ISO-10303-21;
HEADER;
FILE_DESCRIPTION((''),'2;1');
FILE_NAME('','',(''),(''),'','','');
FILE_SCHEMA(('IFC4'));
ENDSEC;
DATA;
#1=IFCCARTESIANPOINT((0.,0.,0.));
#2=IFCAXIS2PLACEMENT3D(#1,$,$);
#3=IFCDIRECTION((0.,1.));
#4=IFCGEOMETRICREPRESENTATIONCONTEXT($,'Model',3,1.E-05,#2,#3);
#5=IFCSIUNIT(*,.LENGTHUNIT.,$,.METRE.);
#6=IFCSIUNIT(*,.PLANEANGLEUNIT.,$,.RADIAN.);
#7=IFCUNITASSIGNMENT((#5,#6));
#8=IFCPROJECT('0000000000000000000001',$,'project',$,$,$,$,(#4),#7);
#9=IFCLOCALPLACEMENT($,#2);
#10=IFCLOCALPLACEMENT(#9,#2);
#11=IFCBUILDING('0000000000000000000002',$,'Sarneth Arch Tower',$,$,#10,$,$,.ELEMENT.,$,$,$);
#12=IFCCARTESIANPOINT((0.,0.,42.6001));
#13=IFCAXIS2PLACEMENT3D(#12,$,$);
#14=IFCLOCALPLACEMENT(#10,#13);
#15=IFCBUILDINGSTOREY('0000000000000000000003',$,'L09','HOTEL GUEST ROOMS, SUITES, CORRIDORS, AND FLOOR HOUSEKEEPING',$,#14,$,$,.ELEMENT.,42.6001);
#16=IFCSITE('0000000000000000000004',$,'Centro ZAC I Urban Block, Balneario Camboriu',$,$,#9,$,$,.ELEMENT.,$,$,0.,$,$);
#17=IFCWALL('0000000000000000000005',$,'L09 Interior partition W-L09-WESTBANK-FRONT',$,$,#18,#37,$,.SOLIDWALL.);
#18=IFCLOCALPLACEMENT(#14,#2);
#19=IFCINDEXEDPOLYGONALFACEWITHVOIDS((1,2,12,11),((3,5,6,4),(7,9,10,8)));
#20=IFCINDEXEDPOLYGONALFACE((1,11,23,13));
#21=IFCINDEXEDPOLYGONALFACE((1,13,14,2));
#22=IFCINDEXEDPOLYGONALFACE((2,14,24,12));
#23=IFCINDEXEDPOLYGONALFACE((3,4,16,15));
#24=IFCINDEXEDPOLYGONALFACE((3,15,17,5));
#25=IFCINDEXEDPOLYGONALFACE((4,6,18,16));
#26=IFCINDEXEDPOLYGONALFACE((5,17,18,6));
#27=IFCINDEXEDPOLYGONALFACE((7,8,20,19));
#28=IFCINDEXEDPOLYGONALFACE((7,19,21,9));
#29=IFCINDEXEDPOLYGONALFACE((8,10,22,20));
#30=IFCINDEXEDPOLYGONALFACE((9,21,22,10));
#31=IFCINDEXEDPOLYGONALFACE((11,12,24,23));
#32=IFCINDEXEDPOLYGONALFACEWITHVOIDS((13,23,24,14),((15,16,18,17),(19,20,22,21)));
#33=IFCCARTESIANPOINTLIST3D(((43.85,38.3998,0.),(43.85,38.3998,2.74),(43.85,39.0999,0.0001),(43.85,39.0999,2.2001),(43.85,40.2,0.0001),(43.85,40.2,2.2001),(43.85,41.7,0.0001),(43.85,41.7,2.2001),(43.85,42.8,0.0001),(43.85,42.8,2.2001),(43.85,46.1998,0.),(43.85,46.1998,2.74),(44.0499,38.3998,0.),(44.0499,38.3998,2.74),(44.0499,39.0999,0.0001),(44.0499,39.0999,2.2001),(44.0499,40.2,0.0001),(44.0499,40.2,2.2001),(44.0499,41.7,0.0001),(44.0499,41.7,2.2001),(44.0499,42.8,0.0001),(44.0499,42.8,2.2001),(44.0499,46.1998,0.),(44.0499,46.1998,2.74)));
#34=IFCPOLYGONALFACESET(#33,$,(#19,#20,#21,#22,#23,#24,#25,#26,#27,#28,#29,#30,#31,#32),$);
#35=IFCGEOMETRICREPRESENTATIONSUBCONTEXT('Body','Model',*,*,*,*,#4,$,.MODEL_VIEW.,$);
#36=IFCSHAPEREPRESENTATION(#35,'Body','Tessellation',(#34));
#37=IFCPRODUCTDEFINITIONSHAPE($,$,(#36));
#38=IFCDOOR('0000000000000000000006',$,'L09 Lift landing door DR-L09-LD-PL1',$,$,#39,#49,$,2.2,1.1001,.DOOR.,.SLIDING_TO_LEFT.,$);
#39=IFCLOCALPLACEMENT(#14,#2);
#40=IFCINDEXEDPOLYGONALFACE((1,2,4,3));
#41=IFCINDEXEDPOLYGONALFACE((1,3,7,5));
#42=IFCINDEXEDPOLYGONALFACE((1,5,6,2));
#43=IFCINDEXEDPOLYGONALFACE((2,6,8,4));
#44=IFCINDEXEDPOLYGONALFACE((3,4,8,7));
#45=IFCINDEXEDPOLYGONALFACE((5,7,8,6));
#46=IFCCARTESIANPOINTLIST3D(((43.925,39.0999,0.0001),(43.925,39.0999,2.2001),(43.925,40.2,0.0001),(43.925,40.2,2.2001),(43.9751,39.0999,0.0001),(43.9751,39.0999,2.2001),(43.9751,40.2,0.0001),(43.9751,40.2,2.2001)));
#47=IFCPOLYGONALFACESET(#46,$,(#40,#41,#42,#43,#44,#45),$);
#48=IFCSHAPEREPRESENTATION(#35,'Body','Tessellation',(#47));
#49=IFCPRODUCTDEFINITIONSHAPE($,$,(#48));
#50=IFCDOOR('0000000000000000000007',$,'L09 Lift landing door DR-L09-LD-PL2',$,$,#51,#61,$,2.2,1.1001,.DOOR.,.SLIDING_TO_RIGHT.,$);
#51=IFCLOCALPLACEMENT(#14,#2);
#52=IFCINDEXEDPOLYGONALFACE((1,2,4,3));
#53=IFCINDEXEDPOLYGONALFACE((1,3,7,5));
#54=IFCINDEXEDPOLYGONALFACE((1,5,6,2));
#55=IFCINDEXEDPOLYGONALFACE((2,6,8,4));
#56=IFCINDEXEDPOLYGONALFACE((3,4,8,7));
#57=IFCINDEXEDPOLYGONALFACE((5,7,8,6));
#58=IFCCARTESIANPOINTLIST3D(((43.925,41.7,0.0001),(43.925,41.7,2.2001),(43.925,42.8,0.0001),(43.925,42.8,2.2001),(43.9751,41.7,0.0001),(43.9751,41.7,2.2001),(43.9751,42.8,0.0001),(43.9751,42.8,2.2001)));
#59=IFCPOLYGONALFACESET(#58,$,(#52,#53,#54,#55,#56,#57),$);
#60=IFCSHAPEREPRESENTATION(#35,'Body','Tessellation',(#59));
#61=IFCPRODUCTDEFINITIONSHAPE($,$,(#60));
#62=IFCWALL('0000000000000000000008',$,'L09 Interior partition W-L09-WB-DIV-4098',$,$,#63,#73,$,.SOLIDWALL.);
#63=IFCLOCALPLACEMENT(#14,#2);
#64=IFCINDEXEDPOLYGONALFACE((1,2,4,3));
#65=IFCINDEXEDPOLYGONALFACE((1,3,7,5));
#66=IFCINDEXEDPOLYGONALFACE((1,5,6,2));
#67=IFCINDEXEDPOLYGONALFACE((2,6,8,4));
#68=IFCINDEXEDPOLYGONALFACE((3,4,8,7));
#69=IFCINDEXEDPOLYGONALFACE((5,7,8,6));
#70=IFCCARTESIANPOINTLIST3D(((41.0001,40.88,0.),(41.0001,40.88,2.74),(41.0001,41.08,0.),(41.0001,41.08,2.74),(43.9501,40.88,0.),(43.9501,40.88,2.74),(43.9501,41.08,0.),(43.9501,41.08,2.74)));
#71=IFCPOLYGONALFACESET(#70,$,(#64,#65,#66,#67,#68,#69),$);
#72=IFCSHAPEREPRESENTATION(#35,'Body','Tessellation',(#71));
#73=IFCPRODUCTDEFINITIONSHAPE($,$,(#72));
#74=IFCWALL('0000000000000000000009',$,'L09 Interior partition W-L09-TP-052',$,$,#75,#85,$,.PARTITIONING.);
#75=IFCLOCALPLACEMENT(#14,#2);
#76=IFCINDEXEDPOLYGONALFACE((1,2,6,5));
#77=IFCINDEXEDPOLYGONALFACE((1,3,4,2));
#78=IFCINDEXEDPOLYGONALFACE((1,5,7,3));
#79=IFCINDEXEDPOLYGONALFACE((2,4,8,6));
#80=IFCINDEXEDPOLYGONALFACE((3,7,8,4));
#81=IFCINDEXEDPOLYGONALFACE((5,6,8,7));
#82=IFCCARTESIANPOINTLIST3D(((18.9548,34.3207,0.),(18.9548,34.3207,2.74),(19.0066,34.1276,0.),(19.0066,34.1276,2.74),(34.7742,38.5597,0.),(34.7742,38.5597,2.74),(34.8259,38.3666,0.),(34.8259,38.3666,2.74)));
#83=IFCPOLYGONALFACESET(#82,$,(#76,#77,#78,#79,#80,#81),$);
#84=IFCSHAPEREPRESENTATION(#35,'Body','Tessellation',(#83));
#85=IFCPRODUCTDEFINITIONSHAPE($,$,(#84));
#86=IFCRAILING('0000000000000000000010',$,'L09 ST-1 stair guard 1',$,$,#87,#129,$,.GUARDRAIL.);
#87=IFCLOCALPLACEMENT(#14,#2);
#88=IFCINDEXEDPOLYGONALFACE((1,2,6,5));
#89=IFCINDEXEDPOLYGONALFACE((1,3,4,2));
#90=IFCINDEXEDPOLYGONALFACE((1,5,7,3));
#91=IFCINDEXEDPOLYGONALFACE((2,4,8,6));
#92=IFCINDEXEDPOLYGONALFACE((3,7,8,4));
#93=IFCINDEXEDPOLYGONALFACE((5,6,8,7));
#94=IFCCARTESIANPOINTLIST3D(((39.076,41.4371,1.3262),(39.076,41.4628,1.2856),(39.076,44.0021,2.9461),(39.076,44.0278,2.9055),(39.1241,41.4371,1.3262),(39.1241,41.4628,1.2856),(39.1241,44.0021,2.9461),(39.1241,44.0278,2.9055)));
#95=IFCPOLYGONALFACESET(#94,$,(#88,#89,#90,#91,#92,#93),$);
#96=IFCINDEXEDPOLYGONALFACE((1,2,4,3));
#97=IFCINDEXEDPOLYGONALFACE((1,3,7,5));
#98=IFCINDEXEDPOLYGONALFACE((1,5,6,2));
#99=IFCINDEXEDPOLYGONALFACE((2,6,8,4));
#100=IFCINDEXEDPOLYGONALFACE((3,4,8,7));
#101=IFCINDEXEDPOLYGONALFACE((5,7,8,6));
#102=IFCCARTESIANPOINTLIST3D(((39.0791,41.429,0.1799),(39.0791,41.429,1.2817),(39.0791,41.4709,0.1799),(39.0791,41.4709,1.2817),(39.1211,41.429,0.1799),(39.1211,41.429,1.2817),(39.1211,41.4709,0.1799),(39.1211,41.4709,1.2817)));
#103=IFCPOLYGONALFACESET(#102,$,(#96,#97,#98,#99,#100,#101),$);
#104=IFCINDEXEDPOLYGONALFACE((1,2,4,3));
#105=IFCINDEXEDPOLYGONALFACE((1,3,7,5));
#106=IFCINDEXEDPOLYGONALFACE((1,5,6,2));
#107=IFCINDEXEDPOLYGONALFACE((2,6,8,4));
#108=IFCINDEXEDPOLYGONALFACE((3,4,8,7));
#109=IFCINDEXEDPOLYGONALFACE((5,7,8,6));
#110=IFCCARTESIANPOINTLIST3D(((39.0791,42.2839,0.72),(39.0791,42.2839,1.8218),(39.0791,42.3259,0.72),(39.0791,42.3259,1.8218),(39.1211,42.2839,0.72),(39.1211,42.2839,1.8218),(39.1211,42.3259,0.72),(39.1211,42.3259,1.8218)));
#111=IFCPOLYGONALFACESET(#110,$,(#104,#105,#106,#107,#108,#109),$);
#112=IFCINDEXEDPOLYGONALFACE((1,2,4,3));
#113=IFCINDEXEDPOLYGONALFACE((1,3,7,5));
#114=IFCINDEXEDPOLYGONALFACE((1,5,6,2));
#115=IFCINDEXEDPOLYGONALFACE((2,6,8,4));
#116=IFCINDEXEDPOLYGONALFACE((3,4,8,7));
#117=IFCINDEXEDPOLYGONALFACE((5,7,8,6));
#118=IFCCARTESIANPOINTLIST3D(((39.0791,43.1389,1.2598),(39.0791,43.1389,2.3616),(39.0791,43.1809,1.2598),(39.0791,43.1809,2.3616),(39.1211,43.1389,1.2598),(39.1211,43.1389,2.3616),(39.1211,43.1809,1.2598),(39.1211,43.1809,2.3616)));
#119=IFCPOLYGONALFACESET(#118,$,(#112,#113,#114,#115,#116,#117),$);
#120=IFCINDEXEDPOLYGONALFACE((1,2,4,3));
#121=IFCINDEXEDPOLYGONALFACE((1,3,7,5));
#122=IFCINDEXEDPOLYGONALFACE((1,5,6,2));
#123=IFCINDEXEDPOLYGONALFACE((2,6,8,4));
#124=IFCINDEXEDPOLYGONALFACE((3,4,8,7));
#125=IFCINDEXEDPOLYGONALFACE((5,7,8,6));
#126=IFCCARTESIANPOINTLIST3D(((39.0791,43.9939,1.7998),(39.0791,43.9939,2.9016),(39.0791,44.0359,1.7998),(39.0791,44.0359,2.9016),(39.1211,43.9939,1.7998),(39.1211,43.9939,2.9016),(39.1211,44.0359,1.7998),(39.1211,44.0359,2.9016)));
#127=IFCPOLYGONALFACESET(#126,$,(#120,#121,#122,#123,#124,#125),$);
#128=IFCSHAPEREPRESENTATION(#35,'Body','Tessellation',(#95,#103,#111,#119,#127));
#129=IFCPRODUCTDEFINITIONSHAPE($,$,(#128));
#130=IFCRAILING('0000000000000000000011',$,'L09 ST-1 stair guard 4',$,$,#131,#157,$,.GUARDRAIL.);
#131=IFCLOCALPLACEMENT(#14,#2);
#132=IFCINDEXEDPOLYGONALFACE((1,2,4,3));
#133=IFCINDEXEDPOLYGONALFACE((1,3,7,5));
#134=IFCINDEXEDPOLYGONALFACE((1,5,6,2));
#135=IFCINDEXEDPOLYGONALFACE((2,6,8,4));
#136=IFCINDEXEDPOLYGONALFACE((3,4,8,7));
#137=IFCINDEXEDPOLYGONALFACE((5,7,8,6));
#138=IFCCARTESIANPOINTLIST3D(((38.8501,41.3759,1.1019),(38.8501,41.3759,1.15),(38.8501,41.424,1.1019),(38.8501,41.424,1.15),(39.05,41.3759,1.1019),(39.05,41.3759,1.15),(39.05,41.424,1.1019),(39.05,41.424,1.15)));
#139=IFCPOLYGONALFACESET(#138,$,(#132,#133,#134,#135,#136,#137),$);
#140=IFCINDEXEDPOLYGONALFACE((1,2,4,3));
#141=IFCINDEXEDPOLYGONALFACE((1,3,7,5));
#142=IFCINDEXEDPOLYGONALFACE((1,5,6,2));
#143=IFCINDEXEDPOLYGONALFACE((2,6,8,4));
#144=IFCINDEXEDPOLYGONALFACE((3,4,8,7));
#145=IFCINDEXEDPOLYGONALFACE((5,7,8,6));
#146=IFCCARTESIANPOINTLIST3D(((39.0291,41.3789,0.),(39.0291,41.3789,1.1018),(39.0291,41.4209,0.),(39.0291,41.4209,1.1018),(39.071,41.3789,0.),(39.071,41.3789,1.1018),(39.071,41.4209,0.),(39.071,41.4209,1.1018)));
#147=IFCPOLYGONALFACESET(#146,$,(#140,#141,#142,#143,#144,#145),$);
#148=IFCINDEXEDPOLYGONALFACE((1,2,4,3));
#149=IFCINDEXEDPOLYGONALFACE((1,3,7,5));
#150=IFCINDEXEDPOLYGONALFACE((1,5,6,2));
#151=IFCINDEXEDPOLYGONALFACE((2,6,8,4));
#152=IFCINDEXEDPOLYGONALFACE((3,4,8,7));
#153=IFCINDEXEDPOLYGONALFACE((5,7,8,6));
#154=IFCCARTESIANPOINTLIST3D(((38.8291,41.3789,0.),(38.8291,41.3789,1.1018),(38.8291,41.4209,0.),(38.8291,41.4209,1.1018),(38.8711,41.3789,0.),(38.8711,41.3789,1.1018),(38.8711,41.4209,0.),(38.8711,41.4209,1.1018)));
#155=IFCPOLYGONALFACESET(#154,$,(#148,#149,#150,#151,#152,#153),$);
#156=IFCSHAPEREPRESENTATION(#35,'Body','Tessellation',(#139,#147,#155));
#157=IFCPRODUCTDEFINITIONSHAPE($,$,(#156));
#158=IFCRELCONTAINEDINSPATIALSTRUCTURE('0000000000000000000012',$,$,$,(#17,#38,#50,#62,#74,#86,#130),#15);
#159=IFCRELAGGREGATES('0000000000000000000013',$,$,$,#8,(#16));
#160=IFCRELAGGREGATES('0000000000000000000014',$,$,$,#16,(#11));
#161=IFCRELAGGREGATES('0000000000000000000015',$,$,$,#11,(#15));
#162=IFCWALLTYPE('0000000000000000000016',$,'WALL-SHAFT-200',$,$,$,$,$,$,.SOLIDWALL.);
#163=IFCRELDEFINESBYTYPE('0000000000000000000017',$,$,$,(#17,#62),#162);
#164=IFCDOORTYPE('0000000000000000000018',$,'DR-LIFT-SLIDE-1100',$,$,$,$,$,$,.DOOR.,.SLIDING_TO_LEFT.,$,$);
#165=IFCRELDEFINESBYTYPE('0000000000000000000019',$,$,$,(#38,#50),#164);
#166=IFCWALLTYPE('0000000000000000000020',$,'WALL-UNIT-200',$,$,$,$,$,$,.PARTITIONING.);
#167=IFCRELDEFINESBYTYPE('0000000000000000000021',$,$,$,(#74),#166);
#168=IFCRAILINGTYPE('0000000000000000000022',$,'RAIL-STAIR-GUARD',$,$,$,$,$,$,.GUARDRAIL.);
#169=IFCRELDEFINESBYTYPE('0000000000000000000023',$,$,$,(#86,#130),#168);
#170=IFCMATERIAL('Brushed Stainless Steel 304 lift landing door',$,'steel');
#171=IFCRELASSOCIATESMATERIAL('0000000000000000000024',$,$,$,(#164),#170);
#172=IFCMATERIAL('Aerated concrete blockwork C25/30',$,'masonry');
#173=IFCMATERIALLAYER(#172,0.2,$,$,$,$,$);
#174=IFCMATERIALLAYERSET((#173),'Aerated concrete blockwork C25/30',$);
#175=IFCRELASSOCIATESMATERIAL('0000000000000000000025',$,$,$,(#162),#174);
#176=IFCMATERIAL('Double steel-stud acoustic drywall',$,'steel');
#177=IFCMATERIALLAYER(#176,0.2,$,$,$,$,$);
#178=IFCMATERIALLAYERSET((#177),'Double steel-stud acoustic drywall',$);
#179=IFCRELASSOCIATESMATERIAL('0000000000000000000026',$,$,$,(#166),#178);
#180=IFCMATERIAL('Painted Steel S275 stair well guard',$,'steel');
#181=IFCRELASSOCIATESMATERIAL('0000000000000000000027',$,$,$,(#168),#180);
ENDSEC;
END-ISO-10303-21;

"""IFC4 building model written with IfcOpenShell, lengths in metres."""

from ifc_helpers import new_model, si_unit, direction, frame, frame_2d, origin, origin_2d, place, context, subcontext, project, spatial, rectangle, extrude, material, layer, layer_set, type_object, element, fill, save


model = new_model("IFC4")

# Units and contexts
model_context = context("Model", 3, precision=1e-05, world=origin(), true_north=direction((0.0, 1.0)))
body_context = subcontext(model_context, "Body", "Model", "MODEL_VIEW")
ifc_project = project(units=[si_unit("LENGTHUNIT", "METRE"), si_unit("PLANEANGLEUNIT", "RADIAN")], contexts=[model_context])

# Site, building, storey
site_placement = place(None, origin())
site = spatial("IfcSite", under=ifc_project, at=site_placement, Name="Centro ZAC I Urban Block, Balneario Camboriu", CompositionType="ELEMENT", RefElevation=0.0)
building_placement = place(site_placement, origin())
building = spatial("IfcBuilding", under=site, at=building_placement, Name="Sarneth Arch Tower", CompositionType="ELEMENT")
storey_placement = place(building_placement, frame((0.0, 0.0, 42.6001)))
storey = spatial("IfcBuildingStorey", under=building, at=storey_placement, Name="L09", Description="HOTEL GUEST ROOMS, SUITES, CORRIDORS, AND FLOOR HOUSEKEEPING", CompositionType="ELEMENT", Elevation=42.6001)

# Shared definitions
ifc_material_1 = material(Name="Brushed Stainless Steel 304 lift landing door", Category="steel")
door_type_1 = type_object("IfcDoorType", Name="DR-LIFT-SLIDE-1100", OperationType="SLIDING_TO_LEFT", PredefinedType="DOOR", material=ifc_material_1)

# Shared definitions
ifc_material_2 = material(Name="Aerated concrete blockwork C25/30", Category="masonry")
ifc_layer_1 = layer(ifc_material_2, 0.2)
ifc_layer_set_1 = layer_set([ifc_layer_1], Name="Aerated concrete blockwork C25/30")
wall_type_1 = type_object("IfcWallType", Name="WALL-SHAFT-200", PredefinedType="SOLIDWALL", material=ifc_layer_set_1)

# Wall, openings, doors
wall_1_placement = place(storey_placement, frame((43.95, 38.3999, 0.0), z_axis=(0.0, 0.0, 1.0), x_axis=(0.0, 1.0, 0.0)))
wall_1 = element("IfcWall", 1, at=wall_1_placement, inside=storey, type_object=wall_type_1, Name="L09 Interior partition W-L09-WESTBANK-FRONT", PredefinedType="SOLIDWALL", context=body_context, shape_type="SweptSolid", body=[
    extrude(rectangle(XDim=7.8, YDim=0.2, at=frame_2d((3.8999, 0.0))), origin(), (0.0, 0.0, 1.0), 2.74),
])
opening_1_placement = place(wall_1_placement, frame((0.7, 0.0, 0.0)))
opening_1 = element("IfcOpeningElement", 2, at=opening_1_placement, cuts=wall_1, PredefinedType="OPENING", context=body_context, shape_type="SweptSolid", body=[
    extrude(rectangle(XDim=1.1001, YDim=2.2, at=frame_2d((0.55, 1.1001))), frame((0.0, 0.1099, 0.0), z_axis=(0.0, -1.0, 0.0), x_axis=(1.0, 0.0, 0.0)), (0.0, 0.0, 1.0), 0.22),
])
opening_2_placement = place(wall_1_placement, frame((3.3, 0.0, 0.0)))
opening_2 = element("IfcOpeningElement", 3, at=opening_2_placement, cuts=wall_1, PredefinedType="OPENING", context=body_context, shape_type="SweptSolid", body=[
    extrude(rectangle(XDim=1.1001, YDim=2.2, at=frame_2d((0.55, 1.1001))), frame((0.0, 0.1099, 0.0), z_axis=(0.0, -1.0, 0.0), x_axis=(1.0, 0.0, 0.0)), (0.0, 0.0, 1.0), 0.22),
])
door_1_placement = place(opening_1_placement, origin())
door_1 = element("IfcDoor", 4, at=door_1_placement, inside=storey, type_object=door_type_1, Name="L09 Lift landing door DR-L09-LD-PL1", OperationType="SLIDING_TO_LEFT", OverallHeight=2.2, OverallWidth=1.1001, PredefinedType="DOOR", context=body_context, shape_type="SweptSolid", body=[
    extrude(rectangle(XDim=1.1001, YDim=2.2, at=frame_2d((0.55, 1.1001))), frame((0.0, 0.0249, 0.0), z_axis=(0.0, -1.0, 0.0), x_axis=(1.0, 0.0, 0.0)), (0.0, 0.0, 1.0), 0.05),
])
fill(opening_1, door_1)
door_2_placement = place(opening_2_placement, origin())
door_2 = element("IfcDoor", 5, at=door_2_placement, inside=storey, type_object=door_type_1, Name="L09 Lift landing door DR-L09-LD-PL2", OperationType="SLIDING_TO_RIGHT", OverallHeight=2.2, OverallWidth=1.1001, PredefinedType="DOOR", context=body_context, shape_type="SweptSolid", body=[
    extrude(rectangle(XDim=1.1001, YDim=2.2, at=frame_2d((0.55, 1.1001))), frame((0.0, 0.0249, 0.0), z_axis=(0.0, -1.0, 0.0), x_axis=(1.0, 0.0, 0.0)), (0.0, 0.0, 1.0), 0.05),
])
fill(opening_2, door_2)

# Walls
wall_2_placement = place(storey_placement, frame((41.0, 40.98, 0.0), z_axis=(0.0, 0.0, 1.0), x_axis=(1.0, 0.0, 0.0)))
element("IfcWall", 6, at=wall_2_placement, inside=storey, type_object=wall_type_1, Name="L09 Interior partition W-L09-WB-DIV-4098", PredefinedType="SOLIDWALL", context=body_context, shape_type="SweptSolid", body=[
    extrude(rectangle(XDim=2.95, YDim=0.2, at=frame_2d((1.4751, 0.0))), origin(), (0.0, 0.0, 1.0), 2.74),
])
ifc_material_3 = material(Name="Double steel-stud acoustic drywall", Category="steel")
ifc_layer_2 = layer(ifc_material_3, 0.2)
ifc_layer_set_2 = layer_set([ifc_layer_2], Name="Double steel-stud acoustic drywall")
wall_type_2 = type_object("IfcWallType", Name="WALL-UNIT-200", PredefinedType="PARTITIONING", material=ifc_layer_set_2)
wall_3_placement = place(storey_placement, frame((34.8, 38.4631, 0.0), z_axis=(0.0, 0.0, 1.0), x_axis=(-0.965922, -0.258832, 0.0)))
element("IfcWall", 7, at=wall_3_placement, inside=storey, type_object=wall_type_2, Name="L09 Interior partition W-L09-TP-052", PredefinedType="PARTITIONING", context=body_context, shape_type="SweptSolid", body=[
    extrude(rectangle(XDim=16.3774, YDim=0.2, at=frame_2d((8.1887, 0.0))), origin(), (0.0, 0.0, 1.0), 2.74),
])

# Railings
ifc_material_4 = material(Name="Painted Steel S275 stair well guard", Category="steel")
railing_type = type_object("IfcRailingType", Name="RAIL-STAIR-GUARD", PredefinedType="GUARDRAIL", material=ifc_material_4)
railing_1_placement = place(storey_placement, frame((39.1001, 41.45, 0.1799)))
element("IfcRailing", 8, at=railing_1_placement, inside=storey, type_object=railing_type, Name="L09 ST-1 stair guard 1", PredefinedType="GUARDRAIL", context=body_context, shape_type="SweptSolid", body=[
    extrude(rectangle(XDim=0.0481, YDim=0.0481, at=origin_2d()), frame((0.0, 0.0, 1.126), z_axis=(0.0, 0.845502, 0.533972), x_axis=(-1.0, 0.0, 0.0)), (0.0, 0.0, 1.0), 3.0337),
    extrude(rectangle(XDim=0.042, YDim=0.042, at=origin_2d()), origin(), (0.0, 0.0, 1.0), 1.1018),
    extrude(rectangle(XDim=0.042, YDim=0.042, at=origin_2d()), frame((0.0, 0.855, 0.54)), (0.0, 0.0, 1.0), 1.1018),
    extrude(rectangle(XDim=0.042, YDim=0.042, at=origin_2d()), frame((0.0, 1.71, 1.0798)), (0.0, 0.0, 1.0), 1.1018),
    extrude(rectangle(XDim=0.042, YDim=0.042, at=origin_2d()), frame((0.0, 2.5649, 1.6199)), (0.0, 0.0, 1.0), 1.1018),
])
railing_2_placement = place(storey_placement, frame((39.05, 41.3999, 0.0)))
element("IfcRailing", 9, at=railing_2_placement, inside=storey, type_object=railing_type, Name="L09 ST-1 stair guard 4", PredefinedType="GUARDRAIL", context=body_context, shape_type="SweptSolid", body=[
    extrude(rectangle(XDim=0.0481, YDim=0.0481, at=origin_2d()), frame((0.0, 0.0, 1.126), z_axis=(-1.0, 0.0, 0.0), x_axis=(0.0, -1.0, 0.0)), (0.0, 0.0, 1.0), 0.2),
    extrude(rectangle(XDim=0.042, YDim=0.042, at=origin_2d()), origin(), (0.0, 0.0, 1.0), 1.1018),
    extrude(rectangle(XDim=0.042, YDim=0.042, at=origin_2d()), frame((-0.2, 0.0, 0.0)), (0.0, 0.0, 1.0), 1.1018),
])

save(model, "model.ifc")
